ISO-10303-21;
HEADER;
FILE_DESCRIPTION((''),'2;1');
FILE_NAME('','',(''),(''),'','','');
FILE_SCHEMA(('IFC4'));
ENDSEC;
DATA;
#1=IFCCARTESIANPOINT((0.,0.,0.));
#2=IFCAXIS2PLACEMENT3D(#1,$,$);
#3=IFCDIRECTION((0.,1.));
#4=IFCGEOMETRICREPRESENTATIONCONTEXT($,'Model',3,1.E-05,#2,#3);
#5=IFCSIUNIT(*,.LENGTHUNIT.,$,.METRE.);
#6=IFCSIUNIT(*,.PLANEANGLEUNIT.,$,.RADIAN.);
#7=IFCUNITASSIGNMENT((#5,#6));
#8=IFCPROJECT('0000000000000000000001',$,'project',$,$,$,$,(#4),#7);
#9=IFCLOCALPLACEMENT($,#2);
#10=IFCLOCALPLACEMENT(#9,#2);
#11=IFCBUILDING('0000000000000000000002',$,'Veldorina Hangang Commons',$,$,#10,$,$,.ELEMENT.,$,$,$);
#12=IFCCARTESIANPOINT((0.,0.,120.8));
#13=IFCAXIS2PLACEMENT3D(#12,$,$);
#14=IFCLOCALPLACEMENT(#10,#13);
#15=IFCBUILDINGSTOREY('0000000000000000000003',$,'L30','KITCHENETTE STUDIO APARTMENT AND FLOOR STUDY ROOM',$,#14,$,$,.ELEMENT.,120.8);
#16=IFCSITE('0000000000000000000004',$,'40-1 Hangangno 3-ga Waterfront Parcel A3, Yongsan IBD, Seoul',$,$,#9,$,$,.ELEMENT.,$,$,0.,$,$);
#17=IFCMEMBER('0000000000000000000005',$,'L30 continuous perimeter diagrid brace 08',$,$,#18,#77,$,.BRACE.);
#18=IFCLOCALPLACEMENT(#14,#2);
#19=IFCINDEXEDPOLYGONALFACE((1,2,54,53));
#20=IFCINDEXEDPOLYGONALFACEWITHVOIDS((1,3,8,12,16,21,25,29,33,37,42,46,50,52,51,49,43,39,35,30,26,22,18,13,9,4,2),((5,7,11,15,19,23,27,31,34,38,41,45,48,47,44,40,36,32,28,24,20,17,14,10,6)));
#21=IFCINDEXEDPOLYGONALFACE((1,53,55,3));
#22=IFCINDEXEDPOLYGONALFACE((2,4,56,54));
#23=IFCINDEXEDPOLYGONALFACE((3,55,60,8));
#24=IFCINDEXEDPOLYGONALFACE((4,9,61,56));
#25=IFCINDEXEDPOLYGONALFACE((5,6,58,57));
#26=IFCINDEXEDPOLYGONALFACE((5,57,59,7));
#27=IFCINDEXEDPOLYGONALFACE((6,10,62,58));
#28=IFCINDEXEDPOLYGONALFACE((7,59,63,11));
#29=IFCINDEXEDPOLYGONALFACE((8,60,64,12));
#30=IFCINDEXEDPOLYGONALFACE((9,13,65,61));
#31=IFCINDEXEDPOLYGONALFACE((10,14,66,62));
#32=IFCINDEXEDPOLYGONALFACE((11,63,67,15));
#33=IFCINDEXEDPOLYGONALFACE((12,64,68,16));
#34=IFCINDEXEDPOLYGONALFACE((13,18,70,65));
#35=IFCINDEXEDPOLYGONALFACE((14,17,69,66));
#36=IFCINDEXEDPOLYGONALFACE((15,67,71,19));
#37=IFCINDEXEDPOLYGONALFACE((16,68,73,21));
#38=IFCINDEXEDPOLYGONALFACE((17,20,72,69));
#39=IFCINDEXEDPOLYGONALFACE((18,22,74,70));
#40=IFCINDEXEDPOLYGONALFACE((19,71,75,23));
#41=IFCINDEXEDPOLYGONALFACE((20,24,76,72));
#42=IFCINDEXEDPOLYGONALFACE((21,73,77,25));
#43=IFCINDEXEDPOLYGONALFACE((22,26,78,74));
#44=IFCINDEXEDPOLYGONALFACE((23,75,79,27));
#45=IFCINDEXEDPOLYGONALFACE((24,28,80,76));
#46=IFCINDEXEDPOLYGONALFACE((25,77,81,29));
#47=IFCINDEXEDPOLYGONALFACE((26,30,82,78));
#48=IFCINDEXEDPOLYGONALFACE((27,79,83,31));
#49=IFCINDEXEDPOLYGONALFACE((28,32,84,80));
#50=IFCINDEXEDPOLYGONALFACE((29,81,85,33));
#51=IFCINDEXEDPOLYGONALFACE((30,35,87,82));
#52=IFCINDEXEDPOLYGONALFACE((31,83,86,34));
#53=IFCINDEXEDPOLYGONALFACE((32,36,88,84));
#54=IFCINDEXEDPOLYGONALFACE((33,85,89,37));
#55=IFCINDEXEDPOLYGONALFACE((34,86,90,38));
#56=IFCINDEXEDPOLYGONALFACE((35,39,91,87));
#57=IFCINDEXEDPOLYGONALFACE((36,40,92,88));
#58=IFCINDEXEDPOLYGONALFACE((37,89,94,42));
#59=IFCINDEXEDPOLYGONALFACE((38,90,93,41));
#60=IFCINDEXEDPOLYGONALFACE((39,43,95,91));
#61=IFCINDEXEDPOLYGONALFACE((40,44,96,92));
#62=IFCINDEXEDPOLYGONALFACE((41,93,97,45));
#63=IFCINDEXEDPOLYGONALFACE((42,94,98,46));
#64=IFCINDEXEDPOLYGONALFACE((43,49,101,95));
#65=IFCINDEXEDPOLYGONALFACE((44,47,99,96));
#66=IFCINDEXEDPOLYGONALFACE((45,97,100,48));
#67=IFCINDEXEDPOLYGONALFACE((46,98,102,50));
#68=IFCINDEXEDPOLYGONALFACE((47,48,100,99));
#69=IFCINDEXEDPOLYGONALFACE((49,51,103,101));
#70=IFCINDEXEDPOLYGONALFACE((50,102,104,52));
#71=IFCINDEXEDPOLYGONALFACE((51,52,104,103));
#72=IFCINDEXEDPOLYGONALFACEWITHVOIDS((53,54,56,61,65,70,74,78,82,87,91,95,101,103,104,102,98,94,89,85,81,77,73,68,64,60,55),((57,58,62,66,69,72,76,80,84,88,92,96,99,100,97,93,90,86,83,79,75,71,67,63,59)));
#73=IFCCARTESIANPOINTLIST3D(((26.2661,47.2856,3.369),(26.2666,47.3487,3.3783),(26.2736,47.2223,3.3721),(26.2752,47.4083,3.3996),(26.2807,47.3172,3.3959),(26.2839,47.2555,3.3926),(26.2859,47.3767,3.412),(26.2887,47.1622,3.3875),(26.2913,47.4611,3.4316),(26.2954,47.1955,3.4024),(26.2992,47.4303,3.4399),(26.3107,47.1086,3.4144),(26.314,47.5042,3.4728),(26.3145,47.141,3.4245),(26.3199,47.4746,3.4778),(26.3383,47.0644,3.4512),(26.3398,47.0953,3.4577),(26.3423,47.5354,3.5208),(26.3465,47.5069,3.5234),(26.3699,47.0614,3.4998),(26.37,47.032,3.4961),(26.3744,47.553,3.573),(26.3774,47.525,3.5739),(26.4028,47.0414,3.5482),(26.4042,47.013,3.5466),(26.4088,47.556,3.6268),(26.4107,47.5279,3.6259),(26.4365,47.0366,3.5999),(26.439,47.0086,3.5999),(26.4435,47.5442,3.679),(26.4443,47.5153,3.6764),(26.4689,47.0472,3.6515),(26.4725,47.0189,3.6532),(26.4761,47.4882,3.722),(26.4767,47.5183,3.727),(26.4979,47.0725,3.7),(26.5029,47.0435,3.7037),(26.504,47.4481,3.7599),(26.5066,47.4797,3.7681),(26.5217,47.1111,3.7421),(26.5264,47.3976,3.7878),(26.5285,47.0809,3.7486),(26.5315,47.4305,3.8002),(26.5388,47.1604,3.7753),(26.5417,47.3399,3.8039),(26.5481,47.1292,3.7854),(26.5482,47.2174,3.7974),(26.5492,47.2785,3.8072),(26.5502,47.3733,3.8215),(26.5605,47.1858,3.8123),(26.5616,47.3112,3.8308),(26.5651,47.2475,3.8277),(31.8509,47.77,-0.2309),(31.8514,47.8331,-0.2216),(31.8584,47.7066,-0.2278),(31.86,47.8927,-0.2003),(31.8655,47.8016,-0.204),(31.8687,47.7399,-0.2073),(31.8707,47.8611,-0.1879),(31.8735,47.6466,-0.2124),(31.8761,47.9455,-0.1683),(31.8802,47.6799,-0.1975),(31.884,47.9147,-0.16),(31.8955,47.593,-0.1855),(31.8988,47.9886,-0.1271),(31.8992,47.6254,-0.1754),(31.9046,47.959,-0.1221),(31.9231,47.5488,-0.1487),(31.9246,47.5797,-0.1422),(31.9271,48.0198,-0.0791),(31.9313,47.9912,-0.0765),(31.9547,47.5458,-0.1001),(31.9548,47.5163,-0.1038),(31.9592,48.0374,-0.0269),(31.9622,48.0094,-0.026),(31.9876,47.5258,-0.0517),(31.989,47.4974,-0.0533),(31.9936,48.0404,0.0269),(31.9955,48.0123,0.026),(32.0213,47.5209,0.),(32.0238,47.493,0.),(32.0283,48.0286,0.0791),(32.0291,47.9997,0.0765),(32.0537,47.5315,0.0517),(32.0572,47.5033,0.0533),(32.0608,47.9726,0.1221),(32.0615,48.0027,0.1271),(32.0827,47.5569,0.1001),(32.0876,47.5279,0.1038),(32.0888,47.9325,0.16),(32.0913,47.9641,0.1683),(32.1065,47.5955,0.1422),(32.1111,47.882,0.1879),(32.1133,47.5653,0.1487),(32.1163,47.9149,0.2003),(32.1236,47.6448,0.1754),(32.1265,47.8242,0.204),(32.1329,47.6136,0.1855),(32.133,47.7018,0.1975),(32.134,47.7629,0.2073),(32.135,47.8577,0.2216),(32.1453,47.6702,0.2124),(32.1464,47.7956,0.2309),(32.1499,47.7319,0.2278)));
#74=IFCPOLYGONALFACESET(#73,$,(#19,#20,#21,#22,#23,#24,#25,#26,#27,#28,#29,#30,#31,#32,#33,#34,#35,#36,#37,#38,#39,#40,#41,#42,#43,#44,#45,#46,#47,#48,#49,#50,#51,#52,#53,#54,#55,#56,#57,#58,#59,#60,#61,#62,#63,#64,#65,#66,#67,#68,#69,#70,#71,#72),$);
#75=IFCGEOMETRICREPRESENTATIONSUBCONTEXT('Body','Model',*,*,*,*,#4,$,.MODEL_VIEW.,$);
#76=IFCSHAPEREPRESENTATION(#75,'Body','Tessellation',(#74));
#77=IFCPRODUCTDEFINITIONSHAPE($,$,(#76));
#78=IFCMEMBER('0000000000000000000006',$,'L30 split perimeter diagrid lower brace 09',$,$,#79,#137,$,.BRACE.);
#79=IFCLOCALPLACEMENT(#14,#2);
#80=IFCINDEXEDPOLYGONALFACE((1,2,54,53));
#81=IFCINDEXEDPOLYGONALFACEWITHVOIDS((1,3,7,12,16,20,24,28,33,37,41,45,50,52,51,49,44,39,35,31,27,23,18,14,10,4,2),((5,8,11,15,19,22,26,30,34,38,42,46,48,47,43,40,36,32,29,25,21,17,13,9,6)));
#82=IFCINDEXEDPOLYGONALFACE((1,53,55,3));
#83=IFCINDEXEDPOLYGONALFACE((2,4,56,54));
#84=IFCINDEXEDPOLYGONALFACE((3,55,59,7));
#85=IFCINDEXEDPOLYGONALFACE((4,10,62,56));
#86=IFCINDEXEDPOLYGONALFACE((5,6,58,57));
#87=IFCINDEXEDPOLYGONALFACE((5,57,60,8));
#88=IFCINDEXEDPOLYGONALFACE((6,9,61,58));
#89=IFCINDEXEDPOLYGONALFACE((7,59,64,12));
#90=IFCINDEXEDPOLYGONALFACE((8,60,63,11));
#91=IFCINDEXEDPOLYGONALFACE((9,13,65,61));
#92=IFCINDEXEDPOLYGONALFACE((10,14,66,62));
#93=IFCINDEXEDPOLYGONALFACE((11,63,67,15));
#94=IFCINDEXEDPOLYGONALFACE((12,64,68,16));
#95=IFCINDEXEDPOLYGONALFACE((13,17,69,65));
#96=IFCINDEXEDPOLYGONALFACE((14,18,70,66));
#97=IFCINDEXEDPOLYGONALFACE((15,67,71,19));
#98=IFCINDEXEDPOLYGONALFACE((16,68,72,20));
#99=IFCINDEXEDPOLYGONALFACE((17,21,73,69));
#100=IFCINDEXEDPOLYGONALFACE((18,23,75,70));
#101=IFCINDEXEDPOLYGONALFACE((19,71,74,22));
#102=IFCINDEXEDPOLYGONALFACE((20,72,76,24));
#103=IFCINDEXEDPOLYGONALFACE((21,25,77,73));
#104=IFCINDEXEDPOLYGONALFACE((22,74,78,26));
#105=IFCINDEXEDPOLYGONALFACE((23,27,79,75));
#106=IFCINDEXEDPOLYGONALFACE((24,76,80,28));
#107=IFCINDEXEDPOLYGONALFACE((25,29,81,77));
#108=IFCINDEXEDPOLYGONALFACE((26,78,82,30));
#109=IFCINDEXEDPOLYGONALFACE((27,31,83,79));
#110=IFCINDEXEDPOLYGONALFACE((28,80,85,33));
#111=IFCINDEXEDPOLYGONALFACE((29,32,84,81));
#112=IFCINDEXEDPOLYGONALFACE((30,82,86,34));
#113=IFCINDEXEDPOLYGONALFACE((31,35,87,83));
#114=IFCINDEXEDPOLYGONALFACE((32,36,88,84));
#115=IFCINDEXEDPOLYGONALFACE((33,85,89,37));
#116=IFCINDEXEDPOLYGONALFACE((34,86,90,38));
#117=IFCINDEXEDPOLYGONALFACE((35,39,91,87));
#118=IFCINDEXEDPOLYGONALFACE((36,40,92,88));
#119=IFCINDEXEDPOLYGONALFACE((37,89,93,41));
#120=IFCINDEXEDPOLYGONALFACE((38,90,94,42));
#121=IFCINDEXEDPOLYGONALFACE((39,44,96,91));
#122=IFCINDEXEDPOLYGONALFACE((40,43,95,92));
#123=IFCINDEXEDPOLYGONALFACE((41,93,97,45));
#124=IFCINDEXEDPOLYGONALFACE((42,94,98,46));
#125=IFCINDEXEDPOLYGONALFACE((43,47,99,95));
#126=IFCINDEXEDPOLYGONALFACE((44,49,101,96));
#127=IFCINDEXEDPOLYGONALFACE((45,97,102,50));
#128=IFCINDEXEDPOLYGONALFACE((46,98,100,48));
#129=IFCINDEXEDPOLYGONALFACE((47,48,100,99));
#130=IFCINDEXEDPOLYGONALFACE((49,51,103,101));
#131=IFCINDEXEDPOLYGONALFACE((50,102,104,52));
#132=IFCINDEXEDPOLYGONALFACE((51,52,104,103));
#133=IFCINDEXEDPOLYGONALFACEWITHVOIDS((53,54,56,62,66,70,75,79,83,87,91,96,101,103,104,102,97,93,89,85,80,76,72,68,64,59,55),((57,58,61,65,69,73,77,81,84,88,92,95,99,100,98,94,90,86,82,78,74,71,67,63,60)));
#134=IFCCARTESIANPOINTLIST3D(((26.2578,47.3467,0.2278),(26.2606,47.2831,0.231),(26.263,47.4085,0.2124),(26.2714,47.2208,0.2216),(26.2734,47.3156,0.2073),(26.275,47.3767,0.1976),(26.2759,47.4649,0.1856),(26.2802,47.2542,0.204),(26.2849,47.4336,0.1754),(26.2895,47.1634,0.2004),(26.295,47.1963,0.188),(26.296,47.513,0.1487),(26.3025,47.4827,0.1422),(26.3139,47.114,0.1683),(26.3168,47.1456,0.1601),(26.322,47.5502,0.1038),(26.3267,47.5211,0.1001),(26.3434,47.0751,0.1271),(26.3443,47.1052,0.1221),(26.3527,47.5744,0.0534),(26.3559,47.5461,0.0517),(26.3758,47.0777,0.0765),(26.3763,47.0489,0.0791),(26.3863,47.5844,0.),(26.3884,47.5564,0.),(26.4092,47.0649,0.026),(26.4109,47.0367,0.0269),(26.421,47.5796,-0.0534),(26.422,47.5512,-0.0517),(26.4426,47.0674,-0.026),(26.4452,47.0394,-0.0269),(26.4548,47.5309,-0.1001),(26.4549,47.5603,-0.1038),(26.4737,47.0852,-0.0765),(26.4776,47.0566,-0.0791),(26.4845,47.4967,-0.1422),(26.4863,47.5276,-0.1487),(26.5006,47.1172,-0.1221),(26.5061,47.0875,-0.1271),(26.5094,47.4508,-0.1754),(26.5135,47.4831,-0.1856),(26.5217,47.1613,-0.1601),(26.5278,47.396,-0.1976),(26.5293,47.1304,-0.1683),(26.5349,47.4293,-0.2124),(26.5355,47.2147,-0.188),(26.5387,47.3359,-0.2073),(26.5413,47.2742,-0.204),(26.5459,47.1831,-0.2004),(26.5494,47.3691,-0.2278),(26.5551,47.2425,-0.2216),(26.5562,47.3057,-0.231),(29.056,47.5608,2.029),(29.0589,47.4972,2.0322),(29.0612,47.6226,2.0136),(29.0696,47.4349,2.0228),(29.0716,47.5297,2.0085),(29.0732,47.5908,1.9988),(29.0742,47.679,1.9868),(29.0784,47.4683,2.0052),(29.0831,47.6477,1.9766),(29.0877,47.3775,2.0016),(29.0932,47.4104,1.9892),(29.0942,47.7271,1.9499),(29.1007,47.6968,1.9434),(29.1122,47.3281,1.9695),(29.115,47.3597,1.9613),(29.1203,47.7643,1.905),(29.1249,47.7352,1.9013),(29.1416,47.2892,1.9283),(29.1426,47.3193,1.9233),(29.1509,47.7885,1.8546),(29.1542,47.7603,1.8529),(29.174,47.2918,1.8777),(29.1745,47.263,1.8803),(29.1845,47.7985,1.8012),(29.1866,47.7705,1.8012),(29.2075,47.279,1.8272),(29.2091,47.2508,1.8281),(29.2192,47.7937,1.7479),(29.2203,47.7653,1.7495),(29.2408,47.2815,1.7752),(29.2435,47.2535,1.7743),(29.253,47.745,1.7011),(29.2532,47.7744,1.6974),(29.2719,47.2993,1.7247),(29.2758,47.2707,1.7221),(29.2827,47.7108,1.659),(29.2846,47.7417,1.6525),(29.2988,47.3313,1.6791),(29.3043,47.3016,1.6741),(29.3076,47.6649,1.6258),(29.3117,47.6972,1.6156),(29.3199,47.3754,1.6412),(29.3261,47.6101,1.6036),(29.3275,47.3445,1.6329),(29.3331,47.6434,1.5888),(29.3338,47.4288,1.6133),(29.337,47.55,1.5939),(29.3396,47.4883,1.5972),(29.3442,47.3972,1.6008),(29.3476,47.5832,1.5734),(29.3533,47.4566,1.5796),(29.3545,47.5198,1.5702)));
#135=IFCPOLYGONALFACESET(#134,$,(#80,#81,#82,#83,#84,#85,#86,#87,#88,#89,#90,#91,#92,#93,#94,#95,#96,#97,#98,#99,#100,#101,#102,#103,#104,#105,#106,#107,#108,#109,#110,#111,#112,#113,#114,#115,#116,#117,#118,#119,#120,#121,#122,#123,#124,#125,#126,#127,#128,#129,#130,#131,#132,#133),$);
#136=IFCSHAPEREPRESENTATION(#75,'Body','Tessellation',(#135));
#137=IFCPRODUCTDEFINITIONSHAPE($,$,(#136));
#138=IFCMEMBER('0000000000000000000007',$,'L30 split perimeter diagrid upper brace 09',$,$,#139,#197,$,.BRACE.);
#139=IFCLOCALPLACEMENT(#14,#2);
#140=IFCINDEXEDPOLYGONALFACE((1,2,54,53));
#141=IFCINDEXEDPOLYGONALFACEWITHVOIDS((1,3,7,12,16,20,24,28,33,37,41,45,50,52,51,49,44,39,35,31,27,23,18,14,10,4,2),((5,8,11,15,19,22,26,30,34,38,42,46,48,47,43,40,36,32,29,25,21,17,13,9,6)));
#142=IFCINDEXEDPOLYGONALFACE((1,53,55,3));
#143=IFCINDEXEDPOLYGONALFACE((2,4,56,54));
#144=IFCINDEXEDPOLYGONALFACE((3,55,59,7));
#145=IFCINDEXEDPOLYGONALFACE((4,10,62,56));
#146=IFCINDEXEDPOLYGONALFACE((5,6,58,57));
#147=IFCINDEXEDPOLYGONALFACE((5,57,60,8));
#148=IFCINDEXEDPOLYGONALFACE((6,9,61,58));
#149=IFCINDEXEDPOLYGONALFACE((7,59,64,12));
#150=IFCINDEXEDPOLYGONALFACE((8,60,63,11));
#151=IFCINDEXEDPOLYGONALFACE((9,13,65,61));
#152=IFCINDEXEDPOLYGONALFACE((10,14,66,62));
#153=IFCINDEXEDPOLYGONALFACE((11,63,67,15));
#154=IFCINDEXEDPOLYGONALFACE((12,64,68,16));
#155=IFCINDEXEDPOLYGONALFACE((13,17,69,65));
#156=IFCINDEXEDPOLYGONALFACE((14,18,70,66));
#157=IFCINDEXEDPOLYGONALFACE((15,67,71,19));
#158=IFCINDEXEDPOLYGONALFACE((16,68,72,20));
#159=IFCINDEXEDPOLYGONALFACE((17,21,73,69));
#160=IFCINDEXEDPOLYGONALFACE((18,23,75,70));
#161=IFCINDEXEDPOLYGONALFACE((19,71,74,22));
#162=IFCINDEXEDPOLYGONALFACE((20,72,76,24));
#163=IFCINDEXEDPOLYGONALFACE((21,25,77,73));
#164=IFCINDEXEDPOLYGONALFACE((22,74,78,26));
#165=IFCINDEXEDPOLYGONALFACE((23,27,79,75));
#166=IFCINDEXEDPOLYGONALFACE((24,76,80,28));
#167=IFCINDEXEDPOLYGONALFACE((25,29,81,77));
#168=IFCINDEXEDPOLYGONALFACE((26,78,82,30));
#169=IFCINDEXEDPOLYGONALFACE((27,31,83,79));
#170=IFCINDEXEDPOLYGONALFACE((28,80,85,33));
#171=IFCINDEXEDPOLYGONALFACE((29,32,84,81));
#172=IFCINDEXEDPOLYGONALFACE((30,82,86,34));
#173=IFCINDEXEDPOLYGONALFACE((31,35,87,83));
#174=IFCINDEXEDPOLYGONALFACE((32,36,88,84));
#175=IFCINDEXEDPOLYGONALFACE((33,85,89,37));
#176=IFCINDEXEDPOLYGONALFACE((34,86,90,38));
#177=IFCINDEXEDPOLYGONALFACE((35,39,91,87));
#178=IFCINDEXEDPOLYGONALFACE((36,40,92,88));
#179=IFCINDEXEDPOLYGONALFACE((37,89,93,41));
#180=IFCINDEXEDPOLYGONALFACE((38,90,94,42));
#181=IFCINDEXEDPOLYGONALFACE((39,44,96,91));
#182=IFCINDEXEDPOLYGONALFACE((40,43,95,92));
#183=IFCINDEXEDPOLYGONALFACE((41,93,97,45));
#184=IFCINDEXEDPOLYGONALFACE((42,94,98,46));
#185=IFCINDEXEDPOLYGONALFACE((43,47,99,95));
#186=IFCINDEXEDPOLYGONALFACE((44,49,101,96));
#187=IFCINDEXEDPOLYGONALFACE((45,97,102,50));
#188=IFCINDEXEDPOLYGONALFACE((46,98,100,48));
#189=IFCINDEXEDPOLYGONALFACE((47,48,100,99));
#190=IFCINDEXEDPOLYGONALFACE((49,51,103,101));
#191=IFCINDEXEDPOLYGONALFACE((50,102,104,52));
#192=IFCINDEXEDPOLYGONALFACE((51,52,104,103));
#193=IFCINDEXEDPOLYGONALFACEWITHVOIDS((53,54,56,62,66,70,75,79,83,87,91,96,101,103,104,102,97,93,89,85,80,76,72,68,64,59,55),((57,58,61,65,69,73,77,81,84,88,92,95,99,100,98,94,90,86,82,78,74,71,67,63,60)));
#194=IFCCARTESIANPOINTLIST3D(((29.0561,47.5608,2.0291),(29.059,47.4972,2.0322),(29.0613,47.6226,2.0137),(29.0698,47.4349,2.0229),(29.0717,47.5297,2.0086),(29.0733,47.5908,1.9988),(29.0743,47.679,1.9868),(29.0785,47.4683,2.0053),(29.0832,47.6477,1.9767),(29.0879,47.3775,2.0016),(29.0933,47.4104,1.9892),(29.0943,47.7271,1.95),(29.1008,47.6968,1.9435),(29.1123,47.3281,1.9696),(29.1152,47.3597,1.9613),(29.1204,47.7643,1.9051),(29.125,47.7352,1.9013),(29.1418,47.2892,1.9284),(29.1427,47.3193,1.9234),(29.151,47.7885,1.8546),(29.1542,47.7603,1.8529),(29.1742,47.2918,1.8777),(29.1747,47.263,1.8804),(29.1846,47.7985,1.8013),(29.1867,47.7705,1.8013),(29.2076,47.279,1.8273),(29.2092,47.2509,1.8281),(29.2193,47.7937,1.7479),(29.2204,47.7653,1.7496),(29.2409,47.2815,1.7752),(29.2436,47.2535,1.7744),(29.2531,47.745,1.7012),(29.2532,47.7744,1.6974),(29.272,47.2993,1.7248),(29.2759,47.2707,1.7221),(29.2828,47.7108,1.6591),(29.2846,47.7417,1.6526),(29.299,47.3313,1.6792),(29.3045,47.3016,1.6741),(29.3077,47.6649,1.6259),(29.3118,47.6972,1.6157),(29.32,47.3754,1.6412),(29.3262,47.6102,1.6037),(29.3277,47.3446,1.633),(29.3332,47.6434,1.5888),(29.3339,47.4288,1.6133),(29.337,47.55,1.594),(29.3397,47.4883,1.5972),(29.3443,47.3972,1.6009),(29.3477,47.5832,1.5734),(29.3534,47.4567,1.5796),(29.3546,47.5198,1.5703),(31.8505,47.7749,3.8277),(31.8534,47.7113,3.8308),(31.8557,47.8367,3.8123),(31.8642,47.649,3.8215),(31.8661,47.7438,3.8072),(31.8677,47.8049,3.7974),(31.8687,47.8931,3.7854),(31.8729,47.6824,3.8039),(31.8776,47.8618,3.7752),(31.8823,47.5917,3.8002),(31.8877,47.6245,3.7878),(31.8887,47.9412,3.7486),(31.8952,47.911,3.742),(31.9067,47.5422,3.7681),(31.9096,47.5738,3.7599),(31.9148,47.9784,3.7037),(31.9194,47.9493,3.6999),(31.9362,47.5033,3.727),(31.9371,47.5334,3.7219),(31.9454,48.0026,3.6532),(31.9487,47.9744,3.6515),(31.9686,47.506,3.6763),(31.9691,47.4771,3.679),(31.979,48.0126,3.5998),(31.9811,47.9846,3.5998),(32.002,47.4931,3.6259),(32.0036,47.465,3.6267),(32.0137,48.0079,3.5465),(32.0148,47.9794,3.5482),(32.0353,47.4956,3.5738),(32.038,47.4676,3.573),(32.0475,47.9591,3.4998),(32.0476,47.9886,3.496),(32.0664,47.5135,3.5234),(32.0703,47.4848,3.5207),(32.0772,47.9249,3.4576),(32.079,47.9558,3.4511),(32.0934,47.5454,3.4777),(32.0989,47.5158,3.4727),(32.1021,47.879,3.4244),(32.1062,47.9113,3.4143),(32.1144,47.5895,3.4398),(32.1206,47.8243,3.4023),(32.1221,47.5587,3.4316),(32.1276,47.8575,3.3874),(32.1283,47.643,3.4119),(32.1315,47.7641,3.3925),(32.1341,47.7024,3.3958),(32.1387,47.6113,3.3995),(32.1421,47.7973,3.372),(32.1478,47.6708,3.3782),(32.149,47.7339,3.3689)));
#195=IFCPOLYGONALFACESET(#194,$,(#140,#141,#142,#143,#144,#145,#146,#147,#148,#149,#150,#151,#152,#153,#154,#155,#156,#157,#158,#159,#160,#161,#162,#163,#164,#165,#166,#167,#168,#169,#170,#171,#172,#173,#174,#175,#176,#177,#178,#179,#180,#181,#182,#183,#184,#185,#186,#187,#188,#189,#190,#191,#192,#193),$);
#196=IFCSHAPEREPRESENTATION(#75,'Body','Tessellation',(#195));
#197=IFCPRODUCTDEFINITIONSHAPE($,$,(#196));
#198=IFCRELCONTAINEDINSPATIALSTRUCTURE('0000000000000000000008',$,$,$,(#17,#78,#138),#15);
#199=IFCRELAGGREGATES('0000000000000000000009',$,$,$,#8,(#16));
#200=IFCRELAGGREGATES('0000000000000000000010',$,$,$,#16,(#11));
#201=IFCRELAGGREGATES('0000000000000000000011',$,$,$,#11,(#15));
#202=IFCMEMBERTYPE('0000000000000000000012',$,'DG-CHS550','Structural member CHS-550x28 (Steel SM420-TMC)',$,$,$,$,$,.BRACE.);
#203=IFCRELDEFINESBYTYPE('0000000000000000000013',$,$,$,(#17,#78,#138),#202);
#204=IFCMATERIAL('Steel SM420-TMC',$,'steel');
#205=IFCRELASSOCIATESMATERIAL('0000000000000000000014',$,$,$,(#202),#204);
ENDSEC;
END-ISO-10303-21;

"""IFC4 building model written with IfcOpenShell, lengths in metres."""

from ifc_helpers import new_model, si_unit, direction, frame, origin, origin_2d, place, context, subcontext, project, spatial, hollow_circle, extrude, material, material_profile, profile_set, type_object, element, save


model = new_model("IFC4")

# Units and contexts
model_context = context("Model", 3, precision=1e-05, world=origin(), true_north=direction((0.0, 1.0)))
body_context = subcontext(model_context, "Body", "Model", "MODEL_VIEW")
ifc_project = project(units=[si_unit("LENGTHUNIT", "METRE"), si_unit("PLANEANGLEUNIT", "RADIAN")], contexts=[model_context])

# Site, building, storey
site_placement = place(None, origin())
site = spatial("IfcSite", under=ifc_project, at=site_placement, Name="40-1 Hangangno 3-ga Waterfront Parcel A3, Yongsan IBD, Seoul", CompositionType="ELEMENT", RefElevation=0.0)
building_placement = place(site_placement, origin())
building = spatial("IfcBuilding", under=site, at=building_placement, Name="Veldorina Hangang Commons", CompositionType="ELEMENT")
storey_placement = place(building_placement, frame((0.0, 0.0, 120.8)))
storey = spatial("IfcBuildingStorey", under=building, at=storey_placement, Name="L30", Description="KITCHENETTE STUDIO APARTMENT AND FLOOR STUDY ROOM", CompositionType="ELEMENT", Elevation=120.8)

# Shared definitions
ifc_material_1 = material(Name="Steel SM420-TMC", Category="steel")

# Members
ifc_material_profile_1 = material_profile(ifc_material_1, hollow_circle(Radius=0.2749, WallThickness=0.0281, at=origin_2d()), Name="CHS-550x28")
ifc_profile_set_1 = profile_set([ifc_material_profile_1], Name="Steel SM420-TMC")
member_type = type_object("IfcMemberType", Name="DG-CHS550", Description="Structural member CHS-550x28 (Steel SM420-TMC)", PredefinedType="BRACE", material=ifc_profile_set_1)
member_1_placement = place(storey_placement, frame((32.0, 47.7668, 0.0), z_axis=(-0.838291, -0.072707, 0.540354), x_axis=(0.086408, -0.99626, 0.0)))
element("IfcMember", 1, at=member_1_placement, inside=storey, type_object=member_type, Name="L30 continuous perimeter diagrid brace 08", PredefinedType="BRACE", context=body_context, shape_type="SweptSolid", body=[
    extrude(hollow_circle(Radius=0.2749, WallThickness=0.0281, at=origin_2d()), origin(), (0.0, 0.0, 1.0), 6.6621),
])
member_2_placement = place(storey_placement, frame((26.4072, 47.3103, 0.0), z_axis=(0.839124, 0.064204, 0.540138), x_axis=(-0.076291, 0.997086, 0.0)))
element("IfcMember", 2, at=member_2_placement, inside=storey, type_object=member_type, Name="L30 split perimeter diagrid lower brace 09", PredefinedType="BRACE", context=body_context, shape_type="SweptSolid", body=[
    extrude(hollow_circle(Radius=0.2749, WallThickness=0.0281, at=origin_2d()), origin(), (0.0, 0.0, 1.0), 3.3347),
])
member_3_placement = place(storey_placement, frame((29.2056, 47.5244, 1.8013), z_axis=(0.839142, 0.064296, 0.540098), x_axis=(-0.076397, 0.997077, 0.0)))
element("IfcMember", 3, at=member_3_placement, inside=storey, type_object=member_type, Name="L30 split perimeter diagrid upper brace 09", PredefinedType="BRACE", context=body_context, shape_type="SweptSolid", body=[
    extrude(hollow_circle(Radius=0.2749, WallThickness=0.0281, at=origin_2d()), origin(), (0.0, 0.0, 1.0), 3.3301),
])

save(model, "model.ifc")
